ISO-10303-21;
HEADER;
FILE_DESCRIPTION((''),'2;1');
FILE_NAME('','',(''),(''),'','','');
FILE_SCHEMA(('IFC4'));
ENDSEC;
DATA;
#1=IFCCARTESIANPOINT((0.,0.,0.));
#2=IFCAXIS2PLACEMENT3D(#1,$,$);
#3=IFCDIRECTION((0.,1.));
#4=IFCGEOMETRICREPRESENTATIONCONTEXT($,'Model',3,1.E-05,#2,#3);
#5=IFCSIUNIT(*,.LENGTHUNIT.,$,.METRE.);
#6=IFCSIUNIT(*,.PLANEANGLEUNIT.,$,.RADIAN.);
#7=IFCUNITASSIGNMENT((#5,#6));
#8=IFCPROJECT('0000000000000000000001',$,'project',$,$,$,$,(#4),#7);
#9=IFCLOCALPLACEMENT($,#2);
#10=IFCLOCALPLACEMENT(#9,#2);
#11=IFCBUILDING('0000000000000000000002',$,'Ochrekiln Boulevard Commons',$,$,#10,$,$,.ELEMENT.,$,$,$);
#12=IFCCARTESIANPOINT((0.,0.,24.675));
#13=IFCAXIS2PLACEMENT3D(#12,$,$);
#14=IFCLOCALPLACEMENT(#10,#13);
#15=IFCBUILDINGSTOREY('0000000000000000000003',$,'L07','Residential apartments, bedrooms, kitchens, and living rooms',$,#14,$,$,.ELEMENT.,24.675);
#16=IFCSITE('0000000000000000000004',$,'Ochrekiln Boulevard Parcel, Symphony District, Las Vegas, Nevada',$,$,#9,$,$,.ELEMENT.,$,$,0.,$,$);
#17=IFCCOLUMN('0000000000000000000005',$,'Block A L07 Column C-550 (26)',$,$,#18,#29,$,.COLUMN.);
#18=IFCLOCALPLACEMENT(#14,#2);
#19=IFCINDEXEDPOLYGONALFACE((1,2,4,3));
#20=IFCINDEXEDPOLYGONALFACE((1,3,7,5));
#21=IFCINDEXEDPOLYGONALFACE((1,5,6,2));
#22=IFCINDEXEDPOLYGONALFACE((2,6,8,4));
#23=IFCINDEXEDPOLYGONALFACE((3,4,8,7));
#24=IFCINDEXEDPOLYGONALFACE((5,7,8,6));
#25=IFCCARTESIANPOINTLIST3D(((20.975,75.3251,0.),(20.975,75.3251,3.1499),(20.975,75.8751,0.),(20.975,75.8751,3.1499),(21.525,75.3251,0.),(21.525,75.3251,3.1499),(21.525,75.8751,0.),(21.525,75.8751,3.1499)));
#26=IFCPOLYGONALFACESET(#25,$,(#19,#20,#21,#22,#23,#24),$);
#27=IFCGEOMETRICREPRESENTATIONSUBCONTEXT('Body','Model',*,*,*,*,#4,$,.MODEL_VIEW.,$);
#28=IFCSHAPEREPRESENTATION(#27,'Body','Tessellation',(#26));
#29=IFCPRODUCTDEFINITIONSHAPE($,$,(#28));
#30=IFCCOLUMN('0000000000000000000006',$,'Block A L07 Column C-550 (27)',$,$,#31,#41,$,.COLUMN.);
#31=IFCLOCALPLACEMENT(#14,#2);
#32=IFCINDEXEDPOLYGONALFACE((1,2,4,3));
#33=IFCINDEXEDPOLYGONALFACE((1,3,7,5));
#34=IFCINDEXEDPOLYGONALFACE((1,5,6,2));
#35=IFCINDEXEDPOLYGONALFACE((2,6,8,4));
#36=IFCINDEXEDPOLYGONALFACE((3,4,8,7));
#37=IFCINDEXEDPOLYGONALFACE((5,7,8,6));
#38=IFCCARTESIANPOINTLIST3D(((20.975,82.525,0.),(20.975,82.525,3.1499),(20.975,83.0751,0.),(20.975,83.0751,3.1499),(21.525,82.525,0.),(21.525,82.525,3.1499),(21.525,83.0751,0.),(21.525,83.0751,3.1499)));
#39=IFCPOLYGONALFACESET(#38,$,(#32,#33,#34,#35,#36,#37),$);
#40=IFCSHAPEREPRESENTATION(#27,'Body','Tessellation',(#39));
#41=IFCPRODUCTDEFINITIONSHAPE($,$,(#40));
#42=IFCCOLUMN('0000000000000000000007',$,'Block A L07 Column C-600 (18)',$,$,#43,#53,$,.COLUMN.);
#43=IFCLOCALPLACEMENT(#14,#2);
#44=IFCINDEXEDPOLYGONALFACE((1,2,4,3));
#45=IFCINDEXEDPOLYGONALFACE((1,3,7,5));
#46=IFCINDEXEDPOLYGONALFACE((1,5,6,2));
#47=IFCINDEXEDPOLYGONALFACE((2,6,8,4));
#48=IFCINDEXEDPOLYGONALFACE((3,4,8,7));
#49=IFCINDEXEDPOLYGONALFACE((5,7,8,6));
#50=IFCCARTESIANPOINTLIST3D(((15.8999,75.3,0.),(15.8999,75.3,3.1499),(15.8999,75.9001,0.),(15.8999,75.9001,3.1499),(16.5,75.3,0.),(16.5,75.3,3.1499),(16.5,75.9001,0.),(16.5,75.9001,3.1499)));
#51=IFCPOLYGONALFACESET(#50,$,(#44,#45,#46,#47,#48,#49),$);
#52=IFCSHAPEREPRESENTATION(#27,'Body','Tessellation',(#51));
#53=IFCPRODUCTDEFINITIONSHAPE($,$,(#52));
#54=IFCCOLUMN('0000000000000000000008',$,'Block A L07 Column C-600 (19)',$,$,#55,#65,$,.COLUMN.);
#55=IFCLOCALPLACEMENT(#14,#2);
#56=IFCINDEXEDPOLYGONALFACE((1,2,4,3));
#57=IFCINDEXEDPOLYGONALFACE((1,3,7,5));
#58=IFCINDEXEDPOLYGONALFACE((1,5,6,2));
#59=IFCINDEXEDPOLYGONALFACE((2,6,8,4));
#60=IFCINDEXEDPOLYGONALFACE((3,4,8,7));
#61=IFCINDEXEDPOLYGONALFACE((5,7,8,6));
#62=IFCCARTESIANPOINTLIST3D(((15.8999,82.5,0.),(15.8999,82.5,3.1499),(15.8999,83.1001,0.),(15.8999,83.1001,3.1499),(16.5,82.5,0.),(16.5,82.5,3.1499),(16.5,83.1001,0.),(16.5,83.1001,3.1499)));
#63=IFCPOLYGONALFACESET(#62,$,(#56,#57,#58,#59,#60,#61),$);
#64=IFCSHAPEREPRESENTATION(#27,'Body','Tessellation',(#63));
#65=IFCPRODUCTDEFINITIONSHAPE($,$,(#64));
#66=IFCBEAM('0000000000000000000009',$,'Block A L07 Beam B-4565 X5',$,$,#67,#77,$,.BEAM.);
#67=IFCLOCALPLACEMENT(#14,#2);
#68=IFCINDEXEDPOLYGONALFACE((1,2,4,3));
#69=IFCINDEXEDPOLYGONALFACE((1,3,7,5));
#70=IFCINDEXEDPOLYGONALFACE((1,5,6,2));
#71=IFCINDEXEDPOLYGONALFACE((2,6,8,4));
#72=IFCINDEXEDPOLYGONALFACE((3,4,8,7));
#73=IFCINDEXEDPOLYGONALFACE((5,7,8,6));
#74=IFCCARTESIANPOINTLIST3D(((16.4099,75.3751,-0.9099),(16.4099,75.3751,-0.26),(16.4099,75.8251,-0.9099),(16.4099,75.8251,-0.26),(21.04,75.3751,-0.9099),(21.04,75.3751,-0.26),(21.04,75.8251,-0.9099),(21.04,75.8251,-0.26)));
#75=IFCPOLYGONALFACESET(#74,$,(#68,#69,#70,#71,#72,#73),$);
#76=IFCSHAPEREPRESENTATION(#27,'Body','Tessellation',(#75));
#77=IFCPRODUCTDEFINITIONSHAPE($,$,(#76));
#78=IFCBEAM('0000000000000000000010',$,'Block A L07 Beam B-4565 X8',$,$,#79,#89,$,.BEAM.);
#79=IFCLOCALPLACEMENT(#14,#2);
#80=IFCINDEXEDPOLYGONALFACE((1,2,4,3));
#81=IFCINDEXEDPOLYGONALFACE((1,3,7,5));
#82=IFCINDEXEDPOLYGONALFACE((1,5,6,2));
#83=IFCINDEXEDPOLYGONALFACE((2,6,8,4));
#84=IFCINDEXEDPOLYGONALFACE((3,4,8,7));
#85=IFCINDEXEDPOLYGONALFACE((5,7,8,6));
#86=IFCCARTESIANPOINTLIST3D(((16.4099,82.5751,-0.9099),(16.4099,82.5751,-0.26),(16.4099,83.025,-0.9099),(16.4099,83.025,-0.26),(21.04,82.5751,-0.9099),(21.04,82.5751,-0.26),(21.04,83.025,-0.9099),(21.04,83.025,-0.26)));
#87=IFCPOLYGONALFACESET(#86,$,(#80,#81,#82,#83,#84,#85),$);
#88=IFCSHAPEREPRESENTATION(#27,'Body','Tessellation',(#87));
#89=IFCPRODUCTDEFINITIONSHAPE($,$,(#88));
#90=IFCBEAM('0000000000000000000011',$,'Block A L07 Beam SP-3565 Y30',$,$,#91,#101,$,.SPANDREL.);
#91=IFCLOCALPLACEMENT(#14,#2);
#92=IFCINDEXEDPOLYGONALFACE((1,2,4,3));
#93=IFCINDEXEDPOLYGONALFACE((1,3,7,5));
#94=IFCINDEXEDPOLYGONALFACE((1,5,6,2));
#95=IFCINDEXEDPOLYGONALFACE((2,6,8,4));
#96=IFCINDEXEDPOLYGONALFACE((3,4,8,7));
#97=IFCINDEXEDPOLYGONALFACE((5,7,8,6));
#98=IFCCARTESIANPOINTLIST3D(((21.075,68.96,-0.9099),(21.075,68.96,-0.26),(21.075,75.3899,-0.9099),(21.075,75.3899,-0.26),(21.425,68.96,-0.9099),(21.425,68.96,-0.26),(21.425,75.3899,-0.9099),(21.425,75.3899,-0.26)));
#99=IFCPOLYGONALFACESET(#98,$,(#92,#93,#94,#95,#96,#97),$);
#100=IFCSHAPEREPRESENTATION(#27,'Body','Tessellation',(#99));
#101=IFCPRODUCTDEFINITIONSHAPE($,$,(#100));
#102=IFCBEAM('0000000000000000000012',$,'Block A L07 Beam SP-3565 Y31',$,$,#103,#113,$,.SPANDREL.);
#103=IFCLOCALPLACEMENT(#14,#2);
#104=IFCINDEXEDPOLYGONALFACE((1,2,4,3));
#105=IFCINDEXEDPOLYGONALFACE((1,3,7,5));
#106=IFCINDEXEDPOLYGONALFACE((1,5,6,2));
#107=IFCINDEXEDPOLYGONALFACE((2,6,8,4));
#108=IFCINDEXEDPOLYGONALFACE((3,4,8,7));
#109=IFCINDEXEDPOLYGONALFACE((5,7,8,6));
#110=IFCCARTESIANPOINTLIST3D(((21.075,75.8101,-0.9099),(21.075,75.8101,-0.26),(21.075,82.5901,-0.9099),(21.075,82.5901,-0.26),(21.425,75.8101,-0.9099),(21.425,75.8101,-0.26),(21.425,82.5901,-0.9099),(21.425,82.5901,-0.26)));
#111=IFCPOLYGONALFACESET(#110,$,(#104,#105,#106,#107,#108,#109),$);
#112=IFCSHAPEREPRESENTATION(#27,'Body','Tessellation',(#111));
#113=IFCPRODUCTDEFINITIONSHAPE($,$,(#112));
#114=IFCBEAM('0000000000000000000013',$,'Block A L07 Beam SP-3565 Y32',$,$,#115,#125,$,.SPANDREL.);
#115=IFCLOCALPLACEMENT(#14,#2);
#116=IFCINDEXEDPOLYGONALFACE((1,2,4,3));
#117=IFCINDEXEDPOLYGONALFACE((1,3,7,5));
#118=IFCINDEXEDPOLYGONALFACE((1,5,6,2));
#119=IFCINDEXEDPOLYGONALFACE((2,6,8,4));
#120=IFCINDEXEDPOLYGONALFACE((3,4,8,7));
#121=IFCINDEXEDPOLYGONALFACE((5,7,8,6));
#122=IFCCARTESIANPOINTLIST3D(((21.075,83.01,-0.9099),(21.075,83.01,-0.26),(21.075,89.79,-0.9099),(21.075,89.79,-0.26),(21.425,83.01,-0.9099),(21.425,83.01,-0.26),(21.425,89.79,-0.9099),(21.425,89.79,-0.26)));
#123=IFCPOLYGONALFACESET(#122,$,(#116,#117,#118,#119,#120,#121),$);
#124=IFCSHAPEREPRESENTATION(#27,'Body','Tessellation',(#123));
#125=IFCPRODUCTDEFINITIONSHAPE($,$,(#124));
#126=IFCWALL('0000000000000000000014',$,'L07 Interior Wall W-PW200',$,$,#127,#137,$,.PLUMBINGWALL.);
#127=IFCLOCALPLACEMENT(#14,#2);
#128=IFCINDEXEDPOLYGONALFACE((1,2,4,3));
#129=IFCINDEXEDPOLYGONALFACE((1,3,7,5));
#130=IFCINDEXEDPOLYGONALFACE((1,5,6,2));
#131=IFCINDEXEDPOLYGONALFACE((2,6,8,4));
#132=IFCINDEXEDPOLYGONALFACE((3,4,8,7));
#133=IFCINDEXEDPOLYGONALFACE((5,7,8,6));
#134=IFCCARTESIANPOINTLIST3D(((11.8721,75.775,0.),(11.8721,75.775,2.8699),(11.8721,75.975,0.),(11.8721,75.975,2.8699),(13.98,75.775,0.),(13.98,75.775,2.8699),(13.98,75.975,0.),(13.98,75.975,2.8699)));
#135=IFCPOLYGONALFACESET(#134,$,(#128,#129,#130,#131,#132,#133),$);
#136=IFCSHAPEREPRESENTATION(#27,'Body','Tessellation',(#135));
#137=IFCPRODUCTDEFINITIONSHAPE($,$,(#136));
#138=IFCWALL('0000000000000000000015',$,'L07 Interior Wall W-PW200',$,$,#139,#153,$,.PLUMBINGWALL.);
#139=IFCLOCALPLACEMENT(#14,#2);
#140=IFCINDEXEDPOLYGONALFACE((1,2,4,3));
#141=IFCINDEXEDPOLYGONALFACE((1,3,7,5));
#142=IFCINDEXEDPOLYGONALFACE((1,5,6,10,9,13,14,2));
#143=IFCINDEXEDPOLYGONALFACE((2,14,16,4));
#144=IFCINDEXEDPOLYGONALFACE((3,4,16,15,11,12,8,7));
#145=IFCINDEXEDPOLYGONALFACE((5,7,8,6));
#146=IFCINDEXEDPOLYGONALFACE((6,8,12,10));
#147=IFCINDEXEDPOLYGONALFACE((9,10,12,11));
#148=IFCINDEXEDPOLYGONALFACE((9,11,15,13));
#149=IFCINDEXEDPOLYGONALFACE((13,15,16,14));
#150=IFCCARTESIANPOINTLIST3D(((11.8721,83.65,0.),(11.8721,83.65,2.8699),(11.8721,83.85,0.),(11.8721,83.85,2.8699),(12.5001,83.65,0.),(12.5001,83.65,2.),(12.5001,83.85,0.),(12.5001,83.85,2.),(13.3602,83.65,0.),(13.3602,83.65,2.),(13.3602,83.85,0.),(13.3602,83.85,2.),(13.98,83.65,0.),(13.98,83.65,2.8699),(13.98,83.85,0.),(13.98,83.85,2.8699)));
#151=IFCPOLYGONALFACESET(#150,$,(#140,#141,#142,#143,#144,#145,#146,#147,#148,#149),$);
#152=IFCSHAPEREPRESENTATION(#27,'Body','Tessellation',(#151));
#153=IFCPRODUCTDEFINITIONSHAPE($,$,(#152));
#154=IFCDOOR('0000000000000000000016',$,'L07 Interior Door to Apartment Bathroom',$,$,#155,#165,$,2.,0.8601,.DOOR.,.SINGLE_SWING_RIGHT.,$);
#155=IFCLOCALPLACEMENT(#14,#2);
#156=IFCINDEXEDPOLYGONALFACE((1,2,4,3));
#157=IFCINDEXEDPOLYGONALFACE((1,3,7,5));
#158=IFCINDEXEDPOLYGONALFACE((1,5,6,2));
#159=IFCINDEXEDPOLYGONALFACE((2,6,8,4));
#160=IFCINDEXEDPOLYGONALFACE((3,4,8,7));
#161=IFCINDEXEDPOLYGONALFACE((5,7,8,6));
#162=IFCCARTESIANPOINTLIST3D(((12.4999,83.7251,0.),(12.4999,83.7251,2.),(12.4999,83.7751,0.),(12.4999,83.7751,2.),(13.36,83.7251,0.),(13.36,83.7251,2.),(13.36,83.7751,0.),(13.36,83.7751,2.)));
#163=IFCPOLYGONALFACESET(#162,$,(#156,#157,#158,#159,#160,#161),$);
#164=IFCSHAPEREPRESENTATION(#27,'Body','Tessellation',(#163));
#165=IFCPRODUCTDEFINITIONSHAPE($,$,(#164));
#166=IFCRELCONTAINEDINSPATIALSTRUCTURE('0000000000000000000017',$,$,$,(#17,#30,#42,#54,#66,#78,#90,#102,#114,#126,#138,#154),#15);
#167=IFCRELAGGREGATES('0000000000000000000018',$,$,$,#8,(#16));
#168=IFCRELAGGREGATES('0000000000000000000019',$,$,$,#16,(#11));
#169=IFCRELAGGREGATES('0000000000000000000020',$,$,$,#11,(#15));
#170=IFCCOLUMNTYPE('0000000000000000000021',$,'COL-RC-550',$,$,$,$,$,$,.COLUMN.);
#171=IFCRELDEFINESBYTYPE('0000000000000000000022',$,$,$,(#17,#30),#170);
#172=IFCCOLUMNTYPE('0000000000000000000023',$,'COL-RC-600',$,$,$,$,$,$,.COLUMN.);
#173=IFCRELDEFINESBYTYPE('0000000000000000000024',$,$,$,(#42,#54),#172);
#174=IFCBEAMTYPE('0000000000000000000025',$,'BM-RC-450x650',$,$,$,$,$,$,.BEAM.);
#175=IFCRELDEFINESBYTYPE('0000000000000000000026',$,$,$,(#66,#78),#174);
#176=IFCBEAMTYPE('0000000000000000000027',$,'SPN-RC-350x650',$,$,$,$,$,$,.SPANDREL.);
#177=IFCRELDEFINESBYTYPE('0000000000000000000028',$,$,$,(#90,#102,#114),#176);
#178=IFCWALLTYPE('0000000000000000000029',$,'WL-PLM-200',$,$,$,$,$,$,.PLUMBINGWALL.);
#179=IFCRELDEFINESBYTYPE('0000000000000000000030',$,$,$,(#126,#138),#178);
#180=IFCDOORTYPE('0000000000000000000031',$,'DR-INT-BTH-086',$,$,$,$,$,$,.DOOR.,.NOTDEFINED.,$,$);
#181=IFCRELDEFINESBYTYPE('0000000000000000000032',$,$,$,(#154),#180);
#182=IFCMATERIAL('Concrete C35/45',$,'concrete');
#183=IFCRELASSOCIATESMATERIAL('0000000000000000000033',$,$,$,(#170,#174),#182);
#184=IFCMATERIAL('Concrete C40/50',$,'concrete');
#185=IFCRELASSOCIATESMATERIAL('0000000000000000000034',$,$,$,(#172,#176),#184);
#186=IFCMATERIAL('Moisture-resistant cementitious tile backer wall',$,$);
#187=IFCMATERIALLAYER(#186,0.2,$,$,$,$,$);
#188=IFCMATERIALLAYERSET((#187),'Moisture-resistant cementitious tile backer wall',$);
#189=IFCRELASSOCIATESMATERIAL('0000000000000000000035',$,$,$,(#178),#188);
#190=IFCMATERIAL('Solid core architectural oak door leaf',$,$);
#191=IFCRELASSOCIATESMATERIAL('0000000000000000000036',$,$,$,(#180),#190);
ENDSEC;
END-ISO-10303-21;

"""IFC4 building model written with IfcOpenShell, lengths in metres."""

from ifc_helpers import new_model, si_unit, direction, frame, frame_2d, origin, origin_2d, place, context, subcontext, project, spatial, rectangle, extrude, material, layer, layer_set, material_profile, profile_set, type_object, element, fill, save


model = new_model("IFC4")

# Units and contexts
model_context = context("Model", 3, precision=1e-05, world=origin(), true_north=direction((0.0, 1.0)))
body_context = subcontext(model_context, "Body", "Model", "MODEL_VIEW")
ifc_project = project(units=[si_unit("LENGTHUNIT", "METRE"), si_unit("PLANEANGLEUNIT", "RADIAN")], contexts=[model_context])

# Site, building, storey
site_placement = place(None, origin())
site = spatial("IfcSite", under=ifc_project, at=site_placement, Name="Ochrekiln Boulevard Parcel, Symphony District, Las Vegas, Nevada", CompositionType="ELEMENT", RefElevation=0.0)
building_placement = place(site_placement, origin())
building = spatial("IfcBuilding", under=site, at=building_placement, Name="Ochrekiln Boulevard Commons", CompositionType="ELEMENT")
storey_placement = place(building_placement, frame((0.0, 0.0, 24.675)))
storey = spatial("IfcBuildingStorey", under=building, at=storey_placement, Name="L07", Description="Residential apartments, bedrooms, kitchens, and living rooms", CompositionType="ELEMENT", Elevation=24.675)

# Columns
ifc_material_1 = material(Name="Concrete C35/45", Category="concrete")
ifc_material_profile_1 = material_profile(ifc_material_1, rectangle(XDim=0.55, YDim=0.55, at=origin_2d()), Name="RC-COL-550x550")
ifc_profile_set_1 = profile_set([ifc_material_profile_1], Name="Concrete C35/45")
column_type_1 = type_object("IfcColumnType", Name="COL-RC-550", PredefinedType="COLUMN", material=ifc_profile_set_1)
for number, where, z_axis, x_axis, name in (
    (1, (21.25, 75.6001, 0.0), (0.0, 0.0, 1.0), (1.0, 0.0, 0.0), "Block A L07 Column C-550 (26)"),
    (2, (21.25, 82.8, 0.0), (0.0, 0.0, 1.0), (1.0, 0.0, 0.0), "Block A L07 Column C-550 (27)"),
):
    element("IfcColumn", number, at=place(storey_placement, frame(where, z_axis=z_axis, x_axis=x_axis)), inside=storey, type_object=column_type_1, Name=name, PredefinedType="COLUMN", context=body_context, shape_type="SweptSolid", body=[
        extrude(rectangle(XDim=0.55, YDim=0.55, at=origin_2d()), origin(), (0.0, 0.0, 1.0), 3.1499),
    ])
ifc_material_2 = material(Name="Concrete C40/50", Category="concrete")
ifc_material_profile_2 = material_profile(ifc_material_2, rectangle(XDim=0.6001, YDim=0.6001, at=origin_2d()), Name="RC-COL-600x600")
ifc_profile_set_2 = profile_set([ifc_material_profile_2], Name="Concrete C40/50")
column_type_2 = type_object("IfcColumnType", Name="COL-RC-600", PredefinedType="COLUMN", material=ifc_profile_set_2)
for number, where, z_axis, x_axis, name in (
    (3, (16.2, 75.6001, 0.0), (0.0, 0.0, 1.0), (1.0, 0.0, 0.0), "Block A L07 Column C-600 (18)"),
    (4, (16.2, 82.8, 0.0), (0.0, 0.0, 1.0), (1.0, 0.0, 0.0), "Block A L07 Column C-600 (19)"),
):
    element("IfcColumn", number, at=place(storey_placement, frame(where, z_axis=z_axis, x_axis=x_axis)), inside=storey, type_object=column_type_2, Name=name, PredefinedType="COLUMN", context=body_context, shape_type="SweptSolid", body=[
        extrude(rectangle(XDim=0.6001, YDim=0.6001, at=origin_2d()), origin(), (0.0, 0.0, 1.0), 3.1499),
    ])

# Beams
ifc_material_profile_3 = material_profile(ifc_material_1, rectangle(XDim=0.45, YDim=0.6499, at=origin_2d()), Name="RC-BM-450x650")
ifc_profile_set_3 = profile_set([ifc_material_profile_3], Name="Concrete C35/45")
beam_type_1 = type_object("IfcBeamType", Name="BM-RC-450x650", PredefinedType="BEAM", material=ifc_profile_set_3)
for number, where, z_axis, x_axis, name in (
    (5, (16.4099, 75.6001, -0.585), (1.0, 0.0, 0.0), (0.0, 1.0, 0.0), "Block A L07 Beam B-4565 X5"),
    (6, (16.4099, 82.8, -0.585), (1.0, 0.0, 0.0), (0.0, 1.0, 0.0), "Block A L07 Beam B-4565 X8"),
):
    element("IfcBeam", number, at=place(storey_placement, frame(where, z_axis=z_axis, x_axis=x_axis)), inside=storey, type_object=beam_type_1, Name=name, PredefinedType="BEAM", context=body_context, shape_type="SweptSolid", body=[
        extrude(rectangle(XDim=0.45, YDim=0.6499, at=origin_2d()), origin(), (0.0, 0.0, 1.0), 4.6301),
    ])
ifc_material_profile_4 = material_profile(ifc_material_2, rectangle(XDim=0.3501, YDim=0.6499, at=origin_2d()), Name="RC-SPN-350x650")
ifc_profile_set_4 = profile_set([ifc_material_profile_4], Name="Concrete C40/50")
beam_type_2 = type_object("IfcBeamType", Name="SPN-RC-350x650", PredefinedType="SPANDREL", material=ifc_profile_set_4)
beam_placement = place(storey_placement, frame((21.25, 68.96, -0.585), z_axis=(0.0, 1.0, 0.0), x_axis=(-1.0, 0.0, 0.0)))
element("IfcBeam", 7, at=beam_placement, inside=storey, type_object=beam_type_2, Name="Block A L07 Beam SP-3565 Y30", PredefinedType="SPANDREL", context=body_context, shape_type="SweptSolid", body=[
    extrude(rectangle(XDim=0.3501, YDim=0.6499, at=origin_2d()), origin(), (0.0, 0.0, 1.0), 6.4299),
])
for number, where, z_axis, x_axis, name in (
    (8, (21.25, 75.8101, -0.585), (0.0, 1.0, 0.0), (-1.0, 0.0, 0.0), "Block A L07 Beam SP-3565 Y31"),
    (9, (21.25, 83.01, -0.585), (0.0, 1.0, 0.0), (-1.0, 0.0, 0.0), "Block A L07 Beam SP-3565 Y32"),
):
    element("IfcBeam", number, at=place(storey_placement, frame(where, z_axis=z_axis, x_axis=x_axis)), inside=storey, type_object=beam_type_2, Name=name, PredefinedType="SPANDREL", context=body_context, shape_type="SweptSolid", body=[
        extrude(rectangle(XDim=0.3501, YDim=0.6499, at=origin_2d()), origin(), (0.0, 0.0, 1.0), 6.78),
    ])

# Wall
ifc_material_3 = material(Name="Moisture-resistant cementitious tile backer wall")
ifc_layer_1 = layer(ifc_material_3, 0.2)
ifc_layer_set_1 = layer_set([ifc_layer_1], Name="Moisture-resistant cementitious tile backer wall")
wall_type_1 = type_object("IfcWallType", Name="WL-PLM-200", PredefinedType="PLUMBINGWALL", material=ifc_layer_set_1)
wall_1_placement = place(storey_placement, frame((11.8721, 75.875, 0.0), z_axis=(0.0, 0.0, 1.0), x_axis=(1.0, 0.0, 0.0)))
element("IfcWall", 10, at=wall_1_placement, inside=storey, type_object=wall_type_1, Name="L07 Interior Wall W-PW200", PredefinedType="PLUMBINGWALL", context=body_context, shape_type="SweptSolid", body=[
    extrude(rectangle(XDim=2.1079, YDim=0.2, at=frame_2d((1.054, 0.0))), origin(), (0.0, 0.0, 1.0), 2.8699),
])

# Wall, opening, door
wall_2_placement = place(storey_placement, frame((11.8721, 83.75, 0.0), z_axis=(0.0, 0.0, 1.0), x_axis=(1.0, 0.0, 0.0)))
wall_2 = element("IfcWall", 11, at=wall_2_placement, inside=storey, type_object=wall_type_1, Name="L07 Interior Wall W-PW200", PredefinedType="PLUMBINGWALL", context=body_context, shape_type="SweptSolid", body=[
    extrude(rectangle(XDim=2.1079, YDim=0.2, at=frame_2d((1.054, 0.0))), origin(), (0.0, 0.0, 1.0), 2.8699),
])
opening_1_placement = place(wall_2_placement, frame((0.6279, 0.0, 0.0)))
opening_1 = element("IfcOpeningElement", 12, at=opening_1_placement, cuts=wall_2, PredefinedType="OPENING", context=body_context, shape_type="SweptSolid", body=[
    extrude(rectangle(XDim=0.8601, YDim=2.0, at=frame_2d((0.4302, 1.0))), frame((0.0, 0.1099, 0.0), z_axis=(0.0, -1.0, 0.0), x_axis=(1.0, 0.0, 0.0)), (0.0, 0.0, 1.0), 0.22),
])
ifc_material_4 = material(Name="Solid core architectural oak door leaf")
door_type_1 = type_object("IfcDoorType", Name="DR-INT-BTH-086", OperationType="NOTDEFINED", PredefinedType="DOOR", material=ifc_material_4)
door_1_placement = place(opening_1_placement, frame((0.8601, 0.0, 0.0), z_axis=(0.0, 0.0, 1.0), x_axis=(-1.0, 0.0, 0.0)))
door_1 = element("IfcDoor", 13, at=door_1_placement, inside=storey, type_object=door_type_1, Name="L07 Interior Door to Apartment Bathroom", OperationType="SINGLE_SWING_RIGHT", OverallHeight=2.0, OverallWidth=0.8601, PredefinedType="DOOR", context=body_context, shape_type="SweptSolid", body=[
    extrude(rectangle(XDim=0.8601, YDim=2.0, at=frame_2d((0.4302, 1.0))), frame((0.0, 0.0249, 0.0), z_axis=(0.0, -1.0, 0.0), x_axis=(1.0, 0.0, 0.0)), (0.0, 0.0, 1.0), 0.05),
])
fill(opening_1, door_1)

save(model, "model.ifc")
